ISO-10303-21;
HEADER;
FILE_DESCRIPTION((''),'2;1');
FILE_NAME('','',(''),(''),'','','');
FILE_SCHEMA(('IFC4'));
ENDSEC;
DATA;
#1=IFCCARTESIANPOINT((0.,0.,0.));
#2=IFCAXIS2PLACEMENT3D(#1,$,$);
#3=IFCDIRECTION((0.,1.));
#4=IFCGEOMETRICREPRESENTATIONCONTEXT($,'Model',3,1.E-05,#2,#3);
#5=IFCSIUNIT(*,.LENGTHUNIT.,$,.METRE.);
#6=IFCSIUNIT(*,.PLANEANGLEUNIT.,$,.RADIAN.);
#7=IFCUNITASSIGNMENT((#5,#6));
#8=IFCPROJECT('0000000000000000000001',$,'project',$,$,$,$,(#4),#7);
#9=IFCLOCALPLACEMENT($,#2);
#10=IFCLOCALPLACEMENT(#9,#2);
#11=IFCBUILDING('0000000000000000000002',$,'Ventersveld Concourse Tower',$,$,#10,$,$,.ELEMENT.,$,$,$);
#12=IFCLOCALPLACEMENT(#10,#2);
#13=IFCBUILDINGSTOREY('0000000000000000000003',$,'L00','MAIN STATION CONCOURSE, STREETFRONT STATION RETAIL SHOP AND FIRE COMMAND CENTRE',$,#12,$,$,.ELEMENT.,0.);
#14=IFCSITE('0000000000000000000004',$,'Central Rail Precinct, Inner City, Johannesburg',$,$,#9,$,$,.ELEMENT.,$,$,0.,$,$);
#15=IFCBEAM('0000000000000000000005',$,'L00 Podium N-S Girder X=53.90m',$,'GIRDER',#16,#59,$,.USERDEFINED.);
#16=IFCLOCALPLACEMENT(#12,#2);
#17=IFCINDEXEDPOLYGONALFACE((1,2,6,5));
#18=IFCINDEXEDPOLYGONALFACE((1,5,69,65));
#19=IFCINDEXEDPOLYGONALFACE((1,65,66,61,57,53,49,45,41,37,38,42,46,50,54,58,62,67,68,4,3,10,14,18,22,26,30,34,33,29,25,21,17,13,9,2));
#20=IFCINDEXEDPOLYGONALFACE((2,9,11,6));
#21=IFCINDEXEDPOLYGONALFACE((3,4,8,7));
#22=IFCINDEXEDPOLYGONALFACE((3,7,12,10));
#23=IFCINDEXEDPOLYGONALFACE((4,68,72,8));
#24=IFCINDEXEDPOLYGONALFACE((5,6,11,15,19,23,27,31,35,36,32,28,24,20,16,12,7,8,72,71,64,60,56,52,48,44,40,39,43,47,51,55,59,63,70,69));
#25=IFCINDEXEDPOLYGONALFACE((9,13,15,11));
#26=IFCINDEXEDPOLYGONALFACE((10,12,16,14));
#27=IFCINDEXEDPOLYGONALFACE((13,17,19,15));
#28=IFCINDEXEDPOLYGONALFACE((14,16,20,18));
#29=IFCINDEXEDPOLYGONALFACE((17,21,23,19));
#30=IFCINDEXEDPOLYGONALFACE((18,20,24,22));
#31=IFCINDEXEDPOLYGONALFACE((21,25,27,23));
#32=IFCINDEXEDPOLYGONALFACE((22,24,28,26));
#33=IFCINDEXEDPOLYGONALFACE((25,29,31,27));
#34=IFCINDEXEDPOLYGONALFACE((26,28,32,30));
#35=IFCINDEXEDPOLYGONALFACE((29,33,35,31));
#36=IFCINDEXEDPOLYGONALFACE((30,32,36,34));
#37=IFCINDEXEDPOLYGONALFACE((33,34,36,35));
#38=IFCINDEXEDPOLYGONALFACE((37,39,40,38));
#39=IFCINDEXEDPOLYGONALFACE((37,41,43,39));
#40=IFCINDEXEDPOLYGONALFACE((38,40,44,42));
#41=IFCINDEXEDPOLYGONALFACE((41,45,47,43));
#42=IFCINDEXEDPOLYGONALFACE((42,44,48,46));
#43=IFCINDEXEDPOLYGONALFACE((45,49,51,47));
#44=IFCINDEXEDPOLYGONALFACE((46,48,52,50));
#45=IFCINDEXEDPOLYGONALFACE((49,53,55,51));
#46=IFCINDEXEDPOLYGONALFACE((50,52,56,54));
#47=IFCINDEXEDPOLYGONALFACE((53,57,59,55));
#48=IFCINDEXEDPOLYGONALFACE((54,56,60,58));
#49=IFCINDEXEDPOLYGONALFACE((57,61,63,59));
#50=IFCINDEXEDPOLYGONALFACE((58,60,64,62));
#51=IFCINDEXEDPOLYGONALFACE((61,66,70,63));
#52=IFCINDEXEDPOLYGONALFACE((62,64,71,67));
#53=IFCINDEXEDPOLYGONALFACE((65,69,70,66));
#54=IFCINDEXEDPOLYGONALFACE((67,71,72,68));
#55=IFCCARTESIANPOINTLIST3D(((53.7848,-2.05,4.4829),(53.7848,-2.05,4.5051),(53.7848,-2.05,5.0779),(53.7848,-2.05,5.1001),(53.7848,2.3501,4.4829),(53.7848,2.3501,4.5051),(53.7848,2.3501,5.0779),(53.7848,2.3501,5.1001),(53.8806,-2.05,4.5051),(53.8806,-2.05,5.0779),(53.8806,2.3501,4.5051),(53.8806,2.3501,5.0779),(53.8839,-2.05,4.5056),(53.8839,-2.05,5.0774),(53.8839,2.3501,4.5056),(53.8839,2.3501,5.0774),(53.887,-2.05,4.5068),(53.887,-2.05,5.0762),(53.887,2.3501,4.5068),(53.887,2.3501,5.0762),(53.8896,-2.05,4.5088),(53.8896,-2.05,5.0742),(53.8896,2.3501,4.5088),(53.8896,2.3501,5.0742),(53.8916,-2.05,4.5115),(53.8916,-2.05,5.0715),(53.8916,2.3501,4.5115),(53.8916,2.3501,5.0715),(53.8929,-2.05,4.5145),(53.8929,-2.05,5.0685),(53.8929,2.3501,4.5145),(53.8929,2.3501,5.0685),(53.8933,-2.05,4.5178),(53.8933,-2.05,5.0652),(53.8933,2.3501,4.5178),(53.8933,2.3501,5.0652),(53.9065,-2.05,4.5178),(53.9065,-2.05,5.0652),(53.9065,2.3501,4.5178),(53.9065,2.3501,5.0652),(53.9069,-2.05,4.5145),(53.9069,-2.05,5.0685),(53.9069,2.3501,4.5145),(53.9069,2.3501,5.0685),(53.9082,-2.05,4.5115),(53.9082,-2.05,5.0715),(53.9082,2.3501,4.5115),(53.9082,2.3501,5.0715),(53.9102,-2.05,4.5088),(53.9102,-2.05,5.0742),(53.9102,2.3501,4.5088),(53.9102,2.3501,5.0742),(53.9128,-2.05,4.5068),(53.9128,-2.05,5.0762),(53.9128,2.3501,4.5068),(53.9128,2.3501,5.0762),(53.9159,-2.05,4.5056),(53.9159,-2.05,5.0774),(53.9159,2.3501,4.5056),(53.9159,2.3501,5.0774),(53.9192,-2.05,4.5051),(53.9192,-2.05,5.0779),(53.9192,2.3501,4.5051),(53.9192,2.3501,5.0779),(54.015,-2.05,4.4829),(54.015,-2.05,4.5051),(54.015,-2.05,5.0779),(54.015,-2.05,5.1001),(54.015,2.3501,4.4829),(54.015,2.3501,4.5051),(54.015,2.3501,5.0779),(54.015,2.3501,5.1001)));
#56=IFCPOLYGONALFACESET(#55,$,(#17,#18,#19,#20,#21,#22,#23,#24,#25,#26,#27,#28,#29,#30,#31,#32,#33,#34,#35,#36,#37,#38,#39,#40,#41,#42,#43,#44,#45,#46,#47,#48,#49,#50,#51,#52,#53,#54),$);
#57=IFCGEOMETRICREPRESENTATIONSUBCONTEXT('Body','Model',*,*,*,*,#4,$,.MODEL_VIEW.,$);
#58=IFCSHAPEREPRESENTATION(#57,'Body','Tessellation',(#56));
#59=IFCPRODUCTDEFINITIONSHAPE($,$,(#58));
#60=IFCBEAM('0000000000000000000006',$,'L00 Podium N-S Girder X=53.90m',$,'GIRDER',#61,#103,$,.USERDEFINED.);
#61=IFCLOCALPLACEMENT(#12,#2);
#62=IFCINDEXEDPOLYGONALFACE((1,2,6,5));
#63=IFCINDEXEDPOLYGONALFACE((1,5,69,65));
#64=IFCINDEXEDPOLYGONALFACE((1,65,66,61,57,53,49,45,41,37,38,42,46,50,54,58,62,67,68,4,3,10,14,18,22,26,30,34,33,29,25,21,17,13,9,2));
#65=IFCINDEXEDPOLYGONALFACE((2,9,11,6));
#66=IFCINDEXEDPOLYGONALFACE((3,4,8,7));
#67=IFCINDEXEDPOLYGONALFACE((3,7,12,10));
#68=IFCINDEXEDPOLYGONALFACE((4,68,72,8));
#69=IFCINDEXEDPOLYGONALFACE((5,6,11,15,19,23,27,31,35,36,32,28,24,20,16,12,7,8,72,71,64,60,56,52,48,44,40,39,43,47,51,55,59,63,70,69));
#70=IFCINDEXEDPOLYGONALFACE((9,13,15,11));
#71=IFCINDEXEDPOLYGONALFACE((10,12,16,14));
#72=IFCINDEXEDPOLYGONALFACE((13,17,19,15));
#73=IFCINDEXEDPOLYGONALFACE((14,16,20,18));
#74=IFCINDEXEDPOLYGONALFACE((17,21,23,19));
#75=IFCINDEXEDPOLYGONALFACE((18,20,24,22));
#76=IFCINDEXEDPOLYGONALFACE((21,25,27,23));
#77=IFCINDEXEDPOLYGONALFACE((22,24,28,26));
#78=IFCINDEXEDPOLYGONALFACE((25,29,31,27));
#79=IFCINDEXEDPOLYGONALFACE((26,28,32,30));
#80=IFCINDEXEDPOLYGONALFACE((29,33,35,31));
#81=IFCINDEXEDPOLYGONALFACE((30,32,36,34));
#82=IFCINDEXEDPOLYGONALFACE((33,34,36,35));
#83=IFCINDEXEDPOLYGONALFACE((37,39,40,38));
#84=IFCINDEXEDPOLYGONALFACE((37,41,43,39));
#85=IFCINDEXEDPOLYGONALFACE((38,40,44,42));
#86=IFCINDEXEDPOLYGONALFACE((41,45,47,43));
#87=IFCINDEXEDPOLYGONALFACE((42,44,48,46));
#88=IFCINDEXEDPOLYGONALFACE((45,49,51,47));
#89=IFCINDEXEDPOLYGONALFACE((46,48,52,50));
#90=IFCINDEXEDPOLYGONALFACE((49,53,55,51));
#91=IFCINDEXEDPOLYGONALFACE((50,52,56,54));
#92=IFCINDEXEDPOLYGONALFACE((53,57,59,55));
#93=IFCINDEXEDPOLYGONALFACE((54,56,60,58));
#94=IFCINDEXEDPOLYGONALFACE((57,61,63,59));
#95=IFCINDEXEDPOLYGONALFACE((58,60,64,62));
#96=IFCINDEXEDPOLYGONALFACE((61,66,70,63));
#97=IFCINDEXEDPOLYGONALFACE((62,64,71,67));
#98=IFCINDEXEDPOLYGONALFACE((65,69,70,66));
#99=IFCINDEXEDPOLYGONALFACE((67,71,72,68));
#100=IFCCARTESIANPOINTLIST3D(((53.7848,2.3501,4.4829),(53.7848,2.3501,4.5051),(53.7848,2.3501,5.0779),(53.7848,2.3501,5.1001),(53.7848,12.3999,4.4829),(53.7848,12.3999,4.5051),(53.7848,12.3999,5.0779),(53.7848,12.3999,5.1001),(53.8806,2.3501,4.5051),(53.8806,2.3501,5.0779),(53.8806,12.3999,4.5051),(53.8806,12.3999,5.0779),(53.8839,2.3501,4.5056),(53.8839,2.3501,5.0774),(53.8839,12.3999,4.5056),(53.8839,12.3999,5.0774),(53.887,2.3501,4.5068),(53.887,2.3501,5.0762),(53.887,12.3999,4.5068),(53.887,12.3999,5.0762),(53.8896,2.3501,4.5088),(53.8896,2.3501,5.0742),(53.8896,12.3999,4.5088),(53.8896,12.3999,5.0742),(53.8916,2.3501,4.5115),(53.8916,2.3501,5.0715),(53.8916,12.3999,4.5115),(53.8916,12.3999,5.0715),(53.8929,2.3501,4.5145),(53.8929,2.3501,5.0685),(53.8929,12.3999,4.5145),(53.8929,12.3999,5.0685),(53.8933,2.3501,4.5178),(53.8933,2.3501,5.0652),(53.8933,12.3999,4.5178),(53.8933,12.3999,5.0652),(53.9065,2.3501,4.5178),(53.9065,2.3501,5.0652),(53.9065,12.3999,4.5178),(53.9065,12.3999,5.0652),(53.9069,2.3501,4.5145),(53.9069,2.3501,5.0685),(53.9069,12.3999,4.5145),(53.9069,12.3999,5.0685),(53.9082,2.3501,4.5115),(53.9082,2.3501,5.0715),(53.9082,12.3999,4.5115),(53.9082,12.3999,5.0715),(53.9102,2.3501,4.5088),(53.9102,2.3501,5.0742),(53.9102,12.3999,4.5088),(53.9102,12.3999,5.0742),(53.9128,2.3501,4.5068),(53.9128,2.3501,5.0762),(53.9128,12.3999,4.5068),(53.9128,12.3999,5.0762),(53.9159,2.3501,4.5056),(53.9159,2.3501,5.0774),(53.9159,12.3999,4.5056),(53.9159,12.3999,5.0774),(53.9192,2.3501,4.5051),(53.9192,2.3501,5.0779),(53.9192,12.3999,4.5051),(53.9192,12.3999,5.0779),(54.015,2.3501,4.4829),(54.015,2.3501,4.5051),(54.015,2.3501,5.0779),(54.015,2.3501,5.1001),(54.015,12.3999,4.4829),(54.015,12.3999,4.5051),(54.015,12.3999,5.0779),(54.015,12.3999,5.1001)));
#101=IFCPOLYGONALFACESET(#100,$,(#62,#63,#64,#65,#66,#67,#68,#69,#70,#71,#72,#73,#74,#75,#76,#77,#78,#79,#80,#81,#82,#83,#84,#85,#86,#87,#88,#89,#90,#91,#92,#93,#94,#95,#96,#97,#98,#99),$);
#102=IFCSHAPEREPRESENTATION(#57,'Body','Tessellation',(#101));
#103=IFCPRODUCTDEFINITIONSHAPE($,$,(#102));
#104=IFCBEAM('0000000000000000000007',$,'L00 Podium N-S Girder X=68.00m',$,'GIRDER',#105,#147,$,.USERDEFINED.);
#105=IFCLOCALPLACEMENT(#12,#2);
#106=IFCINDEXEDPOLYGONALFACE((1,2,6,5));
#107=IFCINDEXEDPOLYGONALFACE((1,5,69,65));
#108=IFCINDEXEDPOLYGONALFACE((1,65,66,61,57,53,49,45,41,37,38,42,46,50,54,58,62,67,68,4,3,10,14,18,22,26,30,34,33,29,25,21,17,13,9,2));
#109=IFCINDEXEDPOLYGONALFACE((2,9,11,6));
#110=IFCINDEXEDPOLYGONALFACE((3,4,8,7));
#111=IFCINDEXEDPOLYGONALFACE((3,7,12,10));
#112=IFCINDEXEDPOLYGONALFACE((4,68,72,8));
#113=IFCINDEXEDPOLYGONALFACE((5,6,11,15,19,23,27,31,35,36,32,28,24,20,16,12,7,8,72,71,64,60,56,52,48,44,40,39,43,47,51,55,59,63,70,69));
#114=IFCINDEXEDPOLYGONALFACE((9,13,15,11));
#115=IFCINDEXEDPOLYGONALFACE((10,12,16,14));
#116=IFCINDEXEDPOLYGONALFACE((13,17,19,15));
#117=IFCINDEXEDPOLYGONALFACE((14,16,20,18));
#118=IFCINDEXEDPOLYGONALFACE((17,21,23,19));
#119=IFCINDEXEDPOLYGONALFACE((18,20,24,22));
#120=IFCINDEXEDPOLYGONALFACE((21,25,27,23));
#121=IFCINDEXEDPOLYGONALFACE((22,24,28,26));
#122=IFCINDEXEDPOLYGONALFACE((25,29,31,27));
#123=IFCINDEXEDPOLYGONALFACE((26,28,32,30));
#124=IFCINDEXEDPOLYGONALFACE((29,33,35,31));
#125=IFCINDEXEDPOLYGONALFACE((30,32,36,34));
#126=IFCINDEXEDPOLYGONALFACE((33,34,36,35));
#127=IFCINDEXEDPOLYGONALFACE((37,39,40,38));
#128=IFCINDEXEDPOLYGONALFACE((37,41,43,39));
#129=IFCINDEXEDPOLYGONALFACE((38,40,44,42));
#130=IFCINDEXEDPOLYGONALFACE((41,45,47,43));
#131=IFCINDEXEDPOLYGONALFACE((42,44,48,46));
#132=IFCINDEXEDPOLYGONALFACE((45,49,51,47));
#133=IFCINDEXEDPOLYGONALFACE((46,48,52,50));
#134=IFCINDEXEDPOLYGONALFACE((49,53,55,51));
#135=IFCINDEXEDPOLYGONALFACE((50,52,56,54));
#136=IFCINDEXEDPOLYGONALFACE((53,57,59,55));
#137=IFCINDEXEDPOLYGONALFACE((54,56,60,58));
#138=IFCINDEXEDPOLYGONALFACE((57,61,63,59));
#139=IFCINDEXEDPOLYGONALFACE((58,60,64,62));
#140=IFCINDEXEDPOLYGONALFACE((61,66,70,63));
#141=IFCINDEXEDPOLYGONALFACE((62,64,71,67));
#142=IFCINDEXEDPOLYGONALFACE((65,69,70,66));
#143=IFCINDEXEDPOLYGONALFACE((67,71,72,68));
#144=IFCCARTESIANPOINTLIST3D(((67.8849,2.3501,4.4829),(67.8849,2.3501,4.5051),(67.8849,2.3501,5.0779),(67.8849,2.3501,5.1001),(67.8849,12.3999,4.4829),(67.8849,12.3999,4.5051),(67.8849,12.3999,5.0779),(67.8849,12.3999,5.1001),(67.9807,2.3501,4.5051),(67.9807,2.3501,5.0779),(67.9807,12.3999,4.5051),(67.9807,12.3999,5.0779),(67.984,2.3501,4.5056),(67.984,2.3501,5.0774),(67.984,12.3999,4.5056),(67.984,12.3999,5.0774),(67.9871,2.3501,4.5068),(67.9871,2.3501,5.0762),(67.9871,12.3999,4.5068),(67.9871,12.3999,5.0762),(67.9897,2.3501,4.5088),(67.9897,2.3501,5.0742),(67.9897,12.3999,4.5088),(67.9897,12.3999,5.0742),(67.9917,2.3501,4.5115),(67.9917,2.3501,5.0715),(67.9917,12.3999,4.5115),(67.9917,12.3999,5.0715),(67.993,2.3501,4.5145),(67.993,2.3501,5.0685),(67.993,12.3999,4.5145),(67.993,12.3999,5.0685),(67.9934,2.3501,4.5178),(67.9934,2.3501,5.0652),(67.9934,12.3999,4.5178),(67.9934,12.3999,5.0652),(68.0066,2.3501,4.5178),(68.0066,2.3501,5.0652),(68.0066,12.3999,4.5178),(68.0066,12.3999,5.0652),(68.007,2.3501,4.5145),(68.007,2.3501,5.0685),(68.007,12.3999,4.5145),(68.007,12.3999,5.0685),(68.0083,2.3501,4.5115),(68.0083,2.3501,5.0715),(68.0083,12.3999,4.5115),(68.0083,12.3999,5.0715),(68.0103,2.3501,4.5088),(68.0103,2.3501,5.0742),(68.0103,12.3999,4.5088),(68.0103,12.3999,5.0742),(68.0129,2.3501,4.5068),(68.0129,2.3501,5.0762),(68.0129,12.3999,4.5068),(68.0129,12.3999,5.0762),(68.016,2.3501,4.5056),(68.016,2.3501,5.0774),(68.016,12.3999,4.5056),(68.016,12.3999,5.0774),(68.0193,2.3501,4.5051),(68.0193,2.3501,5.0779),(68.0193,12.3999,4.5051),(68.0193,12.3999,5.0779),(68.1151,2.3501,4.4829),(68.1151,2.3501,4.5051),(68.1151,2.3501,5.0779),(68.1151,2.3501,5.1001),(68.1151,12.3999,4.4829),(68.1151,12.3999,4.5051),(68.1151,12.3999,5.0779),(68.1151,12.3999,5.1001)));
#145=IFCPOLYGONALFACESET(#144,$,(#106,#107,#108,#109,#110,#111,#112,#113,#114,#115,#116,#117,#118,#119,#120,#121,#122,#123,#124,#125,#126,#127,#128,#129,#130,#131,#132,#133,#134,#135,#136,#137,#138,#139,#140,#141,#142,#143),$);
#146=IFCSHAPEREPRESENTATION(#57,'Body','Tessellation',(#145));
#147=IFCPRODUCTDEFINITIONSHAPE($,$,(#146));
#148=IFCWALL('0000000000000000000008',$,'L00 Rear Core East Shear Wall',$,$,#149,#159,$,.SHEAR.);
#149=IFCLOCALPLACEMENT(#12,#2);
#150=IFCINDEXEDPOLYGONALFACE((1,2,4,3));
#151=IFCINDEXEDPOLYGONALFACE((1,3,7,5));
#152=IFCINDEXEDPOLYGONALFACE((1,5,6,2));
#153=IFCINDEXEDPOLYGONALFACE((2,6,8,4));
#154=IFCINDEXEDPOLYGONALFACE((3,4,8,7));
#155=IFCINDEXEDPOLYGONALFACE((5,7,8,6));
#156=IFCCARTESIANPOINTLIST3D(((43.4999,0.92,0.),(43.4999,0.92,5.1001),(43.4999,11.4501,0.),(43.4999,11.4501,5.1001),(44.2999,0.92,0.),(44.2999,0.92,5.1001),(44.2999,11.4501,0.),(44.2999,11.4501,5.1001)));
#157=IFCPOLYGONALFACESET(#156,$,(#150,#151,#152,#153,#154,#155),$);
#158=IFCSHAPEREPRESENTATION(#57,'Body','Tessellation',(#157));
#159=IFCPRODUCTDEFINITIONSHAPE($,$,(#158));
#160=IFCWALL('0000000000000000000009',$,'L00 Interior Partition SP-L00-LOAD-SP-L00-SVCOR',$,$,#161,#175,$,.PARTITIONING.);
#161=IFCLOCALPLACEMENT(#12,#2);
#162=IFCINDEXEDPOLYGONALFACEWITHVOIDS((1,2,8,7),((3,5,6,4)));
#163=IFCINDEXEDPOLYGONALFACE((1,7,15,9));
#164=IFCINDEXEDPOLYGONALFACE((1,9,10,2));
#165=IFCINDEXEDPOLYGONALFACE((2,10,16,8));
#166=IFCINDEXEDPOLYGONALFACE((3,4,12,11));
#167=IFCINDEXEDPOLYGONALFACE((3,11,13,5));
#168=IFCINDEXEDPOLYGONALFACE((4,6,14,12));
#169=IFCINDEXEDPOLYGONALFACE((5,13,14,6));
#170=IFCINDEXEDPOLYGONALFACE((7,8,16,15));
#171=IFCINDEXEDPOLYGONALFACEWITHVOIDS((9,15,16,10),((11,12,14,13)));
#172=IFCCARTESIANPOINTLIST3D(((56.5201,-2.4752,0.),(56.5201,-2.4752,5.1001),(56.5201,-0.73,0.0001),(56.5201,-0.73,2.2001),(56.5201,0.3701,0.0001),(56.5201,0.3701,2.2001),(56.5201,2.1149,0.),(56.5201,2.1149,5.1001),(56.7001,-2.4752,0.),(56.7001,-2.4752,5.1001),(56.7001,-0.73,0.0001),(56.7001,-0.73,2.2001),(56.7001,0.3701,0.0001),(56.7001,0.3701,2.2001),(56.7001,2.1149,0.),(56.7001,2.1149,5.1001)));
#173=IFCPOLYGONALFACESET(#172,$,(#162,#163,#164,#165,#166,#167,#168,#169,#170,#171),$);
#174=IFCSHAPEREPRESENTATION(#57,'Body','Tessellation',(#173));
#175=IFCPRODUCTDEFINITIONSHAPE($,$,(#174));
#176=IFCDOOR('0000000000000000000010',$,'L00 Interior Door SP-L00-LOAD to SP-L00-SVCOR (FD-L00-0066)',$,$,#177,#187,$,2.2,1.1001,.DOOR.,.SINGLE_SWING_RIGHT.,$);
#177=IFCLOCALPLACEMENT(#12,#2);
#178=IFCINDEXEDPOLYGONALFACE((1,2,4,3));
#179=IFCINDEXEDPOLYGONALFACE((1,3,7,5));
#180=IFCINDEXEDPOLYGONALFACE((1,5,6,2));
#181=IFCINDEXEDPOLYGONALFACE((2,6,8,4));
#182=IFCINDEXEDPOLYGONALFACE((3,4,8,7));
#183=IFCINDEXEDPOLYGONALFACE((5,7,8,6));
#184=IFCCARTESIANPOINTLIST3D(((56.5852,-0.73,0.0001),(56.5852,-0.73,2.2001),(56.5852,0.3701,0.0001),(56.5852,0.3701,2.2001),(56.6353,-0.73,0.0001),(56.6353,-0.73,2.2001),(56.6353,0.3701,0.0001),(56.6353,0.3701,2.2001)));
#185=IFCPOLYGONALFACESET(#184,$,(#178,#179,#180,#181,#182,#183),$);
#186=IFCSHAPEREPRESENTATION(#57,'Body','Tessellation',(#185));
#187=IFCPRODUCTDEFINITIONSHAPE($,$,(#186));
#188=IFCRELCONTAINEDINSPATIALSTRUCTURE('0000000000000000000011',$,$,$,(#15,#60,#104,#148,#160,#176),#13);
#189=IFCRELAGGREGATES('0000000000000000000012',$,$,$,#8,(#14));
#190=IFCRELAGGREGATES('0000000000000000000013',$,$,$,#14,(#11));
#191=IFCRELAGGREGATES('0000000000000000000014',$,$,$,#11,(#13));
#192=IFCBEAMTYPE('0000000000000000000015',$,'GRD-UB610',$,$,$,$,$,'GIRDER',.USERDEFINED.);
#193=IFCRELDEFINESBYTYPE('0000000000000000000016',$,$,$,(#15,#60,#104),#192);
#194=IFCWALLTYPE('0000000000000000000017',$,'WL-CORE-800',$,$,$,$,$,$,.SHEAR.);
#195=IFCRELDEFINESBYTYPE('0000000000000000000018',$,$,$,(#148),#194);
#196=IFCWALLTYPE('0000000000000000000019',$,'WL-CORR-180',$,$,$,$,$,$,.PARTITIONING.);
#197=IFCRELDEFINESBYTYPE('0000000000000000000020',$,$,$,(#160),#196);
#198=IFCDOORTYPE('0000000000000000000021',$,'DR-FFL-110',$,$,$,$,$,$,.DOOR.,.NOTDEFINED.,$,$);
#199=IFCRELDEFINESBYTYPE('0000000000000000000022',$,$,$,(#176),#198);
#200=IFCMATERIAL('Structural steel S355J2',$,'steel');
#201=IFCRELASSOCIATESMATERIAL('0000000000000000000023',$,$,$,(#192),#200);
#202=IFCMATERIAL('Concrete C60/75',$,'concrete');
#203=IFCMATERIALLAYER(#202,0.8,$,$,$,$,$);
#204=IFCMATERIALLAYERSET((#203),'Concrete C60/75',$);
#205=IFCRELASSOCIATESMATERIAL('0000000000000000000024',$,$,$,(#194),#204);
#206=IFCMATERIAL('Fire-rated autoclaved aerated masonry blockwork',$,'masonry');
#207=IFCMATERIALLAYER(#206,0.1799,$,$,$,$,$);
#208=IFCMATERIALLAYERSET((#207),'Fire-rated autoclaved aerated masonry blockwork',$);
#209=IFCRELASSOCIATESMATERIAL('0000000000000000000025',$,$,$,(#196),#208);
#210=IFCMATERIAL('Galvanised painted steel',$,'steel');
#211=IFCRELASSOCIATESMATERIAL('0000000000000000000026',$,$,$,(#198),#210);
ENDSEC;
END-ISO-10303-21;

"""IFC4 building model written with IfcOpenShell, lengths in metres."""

from ifc_helpers import new_model, si_unit, direction, frame, frame_2d, origin, origin_2d, place, context, subcontext, project, spatial, rectangle, i_section, extrude, material, layer, layer_set, material_profile, profile_set, type_object, element, fill, save


model = new_model("IFC4")

# Units and contexts
model_context = context("Model", 3, precision=1e-05, world=origin(), true_north=direction((0.0, 1.0)))
body_context = subcontext(model_context, "Body", "Model", "MODEL_VIEW")
ifc_project = project(units=[si_unit("LENGTHUNIT", "METRE"), si_unit("PLANEANGLEUNIT", "RADIAN")], contexts=[model_context])

# Site, building, storey
site_placement = place(None, origin())
site = spatial("IfcSite", under=ifc_project, at=site_placement, Name="Central Rail Precinct, Inner City, Johannesburg", CompositionType="ELEMENT", RefElevation=0.0)
building_placement = place(site_placement, origin())
building = spatial("IfcBuilding", under=site, at=building_placement, Name="Ventersveld Concourse Tower", CompositionType="ELEMENT")
storey_placement = place(building_placement, origin())
storey = spatial("IfcBuildingStorey", under=building, at=storey_placement, Name="L00", Description="MAIN STATION CONCOURSE, STREETFRONT STATION RETAIL SHOP AND FIRE COMMAND CENTRE", CompositionType="ELEMENT", Elevation=0.0)

# Shared definitions
ifc_material_1 = material(Name="Concrete C60/75", Category="concrete")

# Beams
ifc_material_2 = material(Name="Structural steel S355J2", Category="steel")
ifc_material_profile_1 = material_profile(ifc_material_2, i_section(OverallWidth=0.2302, OverallDepth=0.6172, WebThickness=0.0132, FlangeThickness=0.0222, FilletRadius=0.0127, at=origin_2d()), Name="UB 610x229x140")
ifc_profile_set_1 = profile_set([ifc_material_profile_1], Name="Structural steel S355J2")
beam_type_1 = type_object("IfcBeamType", Name="GRD-UB610", ElementType="GIRDER", PredefinedType="USERDEFINED", material=ifc_profile_set_1)
beam_1_placement = place(storey_placement, frame((53.8999, -2.05, 4.7915), z_axis=(0.0, 1.0, 0.0), x_axis=(-1.0, 0.0, 0.0)))
element("IfcBeam", 1, at=beam_1_placement, inside=storey, type_object=beam_type_1, Name="L00 Podium N-S Girder X=53.90m", ObjectType="GIRDER", PredefinedType="USERDEFINED", context=body_context, shape_type="SweptSolid", body=[
    extrude(i_section(OverallWidth=0.2302, OverallDepth=0.6172, WebThickness=0.0132, FlangeThickness=0.0222, FilletRadius=0.0127, at=origin_2d()), origin(), (0.0, 0.0, 1.0), 4.4001),
])
for number, where, z_axis, x_axis, name in (
    (2, (53.8999, 2.3501, 4.7915), (0.0, 1.0, 0.0), (-1.0, 0.0, 0.0), "L00 Podium N-S Girder X=53.90m"),
    (3, (68.0, 2.3501, 4.7915), (0.0, 1.0, 0.0), (-1.0, 0.0, 0.0), "L00 Podium N-S Girder X=68.00m"),
):
    element("IfcBeam", number, at=place(storey_placement, frame(where, z_axis=z_axis, x_axis=x_axis)), inside=storey, type_object=beam_type_1, Name=name, ObjectType="GIRDER", PredefinedType="USERDEFINED", context=body_context, shape_type="SweptSolid", body=[
        extrude(i_section(OverallWidth=0.2302, OverallDepth=0.6172, WebThickness=0.0132, FlangeThickness=0.0222, FilletRadius=0.0127, at=origin_2d()), origin(), (0.0, 0.0, 1.0), 10.0498),
    ])

# Wall
ifc_layer_1 = layer(ifc_material_1, 0.8)
ifc_layer_set_1 = layer_set([ifc_layer_1], Name="Concrete C60/75")
wall_type_1 = type_object("IfcWallType", Name="WL-CORE-800", PredefinedType="SHEAR", material=ifc_layer_set_1)
wall_1_placement = place(storey_placement, frame((43.8999, 0.9199, 0.0), z_axis=(0.0, 0.0, 1.0), x_axis=(0.0, 1.0, 0.0)))
element("IfcWall", 4, at=wall_1_placement, inside=storey, type_object=wall_type_1, Name="L00 Rear Core East Shear Wall", PredefinedType="SHEAR", context=body_context, shape_type="SweptSolid", body=[
    extrude(rectangle(XDim=10.53, YDim=0.8, at=frame_2d((5.2651, 0.0))), origin(), (0.0, 0.0, 1.0), 5.1001),
])

# Wall, opening, door
ifc_material_3 = material(Name="Fire-rated autoclaved aerated masonry blockwork", Category="masonry")
ifc_layer_2 = layer(ifc_material_3, 0.1799)
ifc_layer_set_2 = layer_set([ifc_layer_2], Name="Fire-rated autoclaved aerated masonry blockwork")
wall_type_2 = type_object("IfcWallType", Name="WL-CORR-180", PredefinedType="PARTITIONING", material=ifc_layer_set_2)
wall_2_placement = place(storey_placement, frame((56.6101, -2.4751, 0.0), z_axis=(0.0, 0.0, 1.0), x_axis=(0.0, 1.0, 0.0)))
wall_2 = element("IfcWall", 5, at=wall_2_placement, inside=storey, type_object=wall_type_2, Name="L00 Interior Partition SP-L00-LOAD-SP-L00-SVCOR", PredefinedType="PARTITIONING", context=body_context, shape_type="SweptSolid", body=[
    extrude(rectangle(XDim=4.5901, YDim=0.1799, at=frame_2d((2.2949, 0.0))), origin(), (0.0, 0.0, 1.0), 5.1001),
])
opening_1_placement = place(wall_2_placement, frame((1.7451, 0.0, 0.0)))
opening_1 = element("IfcOpeningElement", 6, at=opening_1_placement, cuts=wall_2, PredefinedType="OPENING", context=body_context, shape_type="SweptSolid", body=[
    extrude(rectangle(XDim=1.1001, YDim=2.2, at=frame_2d((0.55, 1.1001))), frame((0.0, 0.1001, 0.0), z_axis=(0.0, -1.0, 0.0), x_axis=(1.0, 0.0, 0.0)), (0.0, 0.0, 1.0), 0.2),
])
ifc_material_4 = material(Name="Galvanised painted steel", Category="steel")
door_type_1 = type_object("IfcDoorType", Name="DR-FFL-110", OperationType="NOTDEFINED", PredefinedType="DOOR", material=ifc_material_4)
door_1_placement = place(opening_1_placement, origin())
door_1 = element("IfcDoor", 7, at=door_1_placement, inside=storey, type_object=door_type_1, Name="L00 Interior Door SP-L00-LOAD to SP-L00-SVCOR (FD-L00-0066)", OperationType="SINGLE_SWING_RIGHT", OverallHeight=2.2, OverallWidth=1.1001, PredefinedType="DOOR", context=body_context, shape_type="SweptSolid", body=[
    extrude(rectangle(XDim=1.1001, YDim=2.2, at=frame_2d((0.55, 1.1001))), frame((0.0, 0.0249, 0.0), z_axis=(0.0, -1.0, 0.0), x_axis=(1.0, 0.0, 0.0)), (0.0, 0.0, 1.0), 0.05),
])
fill(opening_1, door_1)

save(model, "model.ifc")
